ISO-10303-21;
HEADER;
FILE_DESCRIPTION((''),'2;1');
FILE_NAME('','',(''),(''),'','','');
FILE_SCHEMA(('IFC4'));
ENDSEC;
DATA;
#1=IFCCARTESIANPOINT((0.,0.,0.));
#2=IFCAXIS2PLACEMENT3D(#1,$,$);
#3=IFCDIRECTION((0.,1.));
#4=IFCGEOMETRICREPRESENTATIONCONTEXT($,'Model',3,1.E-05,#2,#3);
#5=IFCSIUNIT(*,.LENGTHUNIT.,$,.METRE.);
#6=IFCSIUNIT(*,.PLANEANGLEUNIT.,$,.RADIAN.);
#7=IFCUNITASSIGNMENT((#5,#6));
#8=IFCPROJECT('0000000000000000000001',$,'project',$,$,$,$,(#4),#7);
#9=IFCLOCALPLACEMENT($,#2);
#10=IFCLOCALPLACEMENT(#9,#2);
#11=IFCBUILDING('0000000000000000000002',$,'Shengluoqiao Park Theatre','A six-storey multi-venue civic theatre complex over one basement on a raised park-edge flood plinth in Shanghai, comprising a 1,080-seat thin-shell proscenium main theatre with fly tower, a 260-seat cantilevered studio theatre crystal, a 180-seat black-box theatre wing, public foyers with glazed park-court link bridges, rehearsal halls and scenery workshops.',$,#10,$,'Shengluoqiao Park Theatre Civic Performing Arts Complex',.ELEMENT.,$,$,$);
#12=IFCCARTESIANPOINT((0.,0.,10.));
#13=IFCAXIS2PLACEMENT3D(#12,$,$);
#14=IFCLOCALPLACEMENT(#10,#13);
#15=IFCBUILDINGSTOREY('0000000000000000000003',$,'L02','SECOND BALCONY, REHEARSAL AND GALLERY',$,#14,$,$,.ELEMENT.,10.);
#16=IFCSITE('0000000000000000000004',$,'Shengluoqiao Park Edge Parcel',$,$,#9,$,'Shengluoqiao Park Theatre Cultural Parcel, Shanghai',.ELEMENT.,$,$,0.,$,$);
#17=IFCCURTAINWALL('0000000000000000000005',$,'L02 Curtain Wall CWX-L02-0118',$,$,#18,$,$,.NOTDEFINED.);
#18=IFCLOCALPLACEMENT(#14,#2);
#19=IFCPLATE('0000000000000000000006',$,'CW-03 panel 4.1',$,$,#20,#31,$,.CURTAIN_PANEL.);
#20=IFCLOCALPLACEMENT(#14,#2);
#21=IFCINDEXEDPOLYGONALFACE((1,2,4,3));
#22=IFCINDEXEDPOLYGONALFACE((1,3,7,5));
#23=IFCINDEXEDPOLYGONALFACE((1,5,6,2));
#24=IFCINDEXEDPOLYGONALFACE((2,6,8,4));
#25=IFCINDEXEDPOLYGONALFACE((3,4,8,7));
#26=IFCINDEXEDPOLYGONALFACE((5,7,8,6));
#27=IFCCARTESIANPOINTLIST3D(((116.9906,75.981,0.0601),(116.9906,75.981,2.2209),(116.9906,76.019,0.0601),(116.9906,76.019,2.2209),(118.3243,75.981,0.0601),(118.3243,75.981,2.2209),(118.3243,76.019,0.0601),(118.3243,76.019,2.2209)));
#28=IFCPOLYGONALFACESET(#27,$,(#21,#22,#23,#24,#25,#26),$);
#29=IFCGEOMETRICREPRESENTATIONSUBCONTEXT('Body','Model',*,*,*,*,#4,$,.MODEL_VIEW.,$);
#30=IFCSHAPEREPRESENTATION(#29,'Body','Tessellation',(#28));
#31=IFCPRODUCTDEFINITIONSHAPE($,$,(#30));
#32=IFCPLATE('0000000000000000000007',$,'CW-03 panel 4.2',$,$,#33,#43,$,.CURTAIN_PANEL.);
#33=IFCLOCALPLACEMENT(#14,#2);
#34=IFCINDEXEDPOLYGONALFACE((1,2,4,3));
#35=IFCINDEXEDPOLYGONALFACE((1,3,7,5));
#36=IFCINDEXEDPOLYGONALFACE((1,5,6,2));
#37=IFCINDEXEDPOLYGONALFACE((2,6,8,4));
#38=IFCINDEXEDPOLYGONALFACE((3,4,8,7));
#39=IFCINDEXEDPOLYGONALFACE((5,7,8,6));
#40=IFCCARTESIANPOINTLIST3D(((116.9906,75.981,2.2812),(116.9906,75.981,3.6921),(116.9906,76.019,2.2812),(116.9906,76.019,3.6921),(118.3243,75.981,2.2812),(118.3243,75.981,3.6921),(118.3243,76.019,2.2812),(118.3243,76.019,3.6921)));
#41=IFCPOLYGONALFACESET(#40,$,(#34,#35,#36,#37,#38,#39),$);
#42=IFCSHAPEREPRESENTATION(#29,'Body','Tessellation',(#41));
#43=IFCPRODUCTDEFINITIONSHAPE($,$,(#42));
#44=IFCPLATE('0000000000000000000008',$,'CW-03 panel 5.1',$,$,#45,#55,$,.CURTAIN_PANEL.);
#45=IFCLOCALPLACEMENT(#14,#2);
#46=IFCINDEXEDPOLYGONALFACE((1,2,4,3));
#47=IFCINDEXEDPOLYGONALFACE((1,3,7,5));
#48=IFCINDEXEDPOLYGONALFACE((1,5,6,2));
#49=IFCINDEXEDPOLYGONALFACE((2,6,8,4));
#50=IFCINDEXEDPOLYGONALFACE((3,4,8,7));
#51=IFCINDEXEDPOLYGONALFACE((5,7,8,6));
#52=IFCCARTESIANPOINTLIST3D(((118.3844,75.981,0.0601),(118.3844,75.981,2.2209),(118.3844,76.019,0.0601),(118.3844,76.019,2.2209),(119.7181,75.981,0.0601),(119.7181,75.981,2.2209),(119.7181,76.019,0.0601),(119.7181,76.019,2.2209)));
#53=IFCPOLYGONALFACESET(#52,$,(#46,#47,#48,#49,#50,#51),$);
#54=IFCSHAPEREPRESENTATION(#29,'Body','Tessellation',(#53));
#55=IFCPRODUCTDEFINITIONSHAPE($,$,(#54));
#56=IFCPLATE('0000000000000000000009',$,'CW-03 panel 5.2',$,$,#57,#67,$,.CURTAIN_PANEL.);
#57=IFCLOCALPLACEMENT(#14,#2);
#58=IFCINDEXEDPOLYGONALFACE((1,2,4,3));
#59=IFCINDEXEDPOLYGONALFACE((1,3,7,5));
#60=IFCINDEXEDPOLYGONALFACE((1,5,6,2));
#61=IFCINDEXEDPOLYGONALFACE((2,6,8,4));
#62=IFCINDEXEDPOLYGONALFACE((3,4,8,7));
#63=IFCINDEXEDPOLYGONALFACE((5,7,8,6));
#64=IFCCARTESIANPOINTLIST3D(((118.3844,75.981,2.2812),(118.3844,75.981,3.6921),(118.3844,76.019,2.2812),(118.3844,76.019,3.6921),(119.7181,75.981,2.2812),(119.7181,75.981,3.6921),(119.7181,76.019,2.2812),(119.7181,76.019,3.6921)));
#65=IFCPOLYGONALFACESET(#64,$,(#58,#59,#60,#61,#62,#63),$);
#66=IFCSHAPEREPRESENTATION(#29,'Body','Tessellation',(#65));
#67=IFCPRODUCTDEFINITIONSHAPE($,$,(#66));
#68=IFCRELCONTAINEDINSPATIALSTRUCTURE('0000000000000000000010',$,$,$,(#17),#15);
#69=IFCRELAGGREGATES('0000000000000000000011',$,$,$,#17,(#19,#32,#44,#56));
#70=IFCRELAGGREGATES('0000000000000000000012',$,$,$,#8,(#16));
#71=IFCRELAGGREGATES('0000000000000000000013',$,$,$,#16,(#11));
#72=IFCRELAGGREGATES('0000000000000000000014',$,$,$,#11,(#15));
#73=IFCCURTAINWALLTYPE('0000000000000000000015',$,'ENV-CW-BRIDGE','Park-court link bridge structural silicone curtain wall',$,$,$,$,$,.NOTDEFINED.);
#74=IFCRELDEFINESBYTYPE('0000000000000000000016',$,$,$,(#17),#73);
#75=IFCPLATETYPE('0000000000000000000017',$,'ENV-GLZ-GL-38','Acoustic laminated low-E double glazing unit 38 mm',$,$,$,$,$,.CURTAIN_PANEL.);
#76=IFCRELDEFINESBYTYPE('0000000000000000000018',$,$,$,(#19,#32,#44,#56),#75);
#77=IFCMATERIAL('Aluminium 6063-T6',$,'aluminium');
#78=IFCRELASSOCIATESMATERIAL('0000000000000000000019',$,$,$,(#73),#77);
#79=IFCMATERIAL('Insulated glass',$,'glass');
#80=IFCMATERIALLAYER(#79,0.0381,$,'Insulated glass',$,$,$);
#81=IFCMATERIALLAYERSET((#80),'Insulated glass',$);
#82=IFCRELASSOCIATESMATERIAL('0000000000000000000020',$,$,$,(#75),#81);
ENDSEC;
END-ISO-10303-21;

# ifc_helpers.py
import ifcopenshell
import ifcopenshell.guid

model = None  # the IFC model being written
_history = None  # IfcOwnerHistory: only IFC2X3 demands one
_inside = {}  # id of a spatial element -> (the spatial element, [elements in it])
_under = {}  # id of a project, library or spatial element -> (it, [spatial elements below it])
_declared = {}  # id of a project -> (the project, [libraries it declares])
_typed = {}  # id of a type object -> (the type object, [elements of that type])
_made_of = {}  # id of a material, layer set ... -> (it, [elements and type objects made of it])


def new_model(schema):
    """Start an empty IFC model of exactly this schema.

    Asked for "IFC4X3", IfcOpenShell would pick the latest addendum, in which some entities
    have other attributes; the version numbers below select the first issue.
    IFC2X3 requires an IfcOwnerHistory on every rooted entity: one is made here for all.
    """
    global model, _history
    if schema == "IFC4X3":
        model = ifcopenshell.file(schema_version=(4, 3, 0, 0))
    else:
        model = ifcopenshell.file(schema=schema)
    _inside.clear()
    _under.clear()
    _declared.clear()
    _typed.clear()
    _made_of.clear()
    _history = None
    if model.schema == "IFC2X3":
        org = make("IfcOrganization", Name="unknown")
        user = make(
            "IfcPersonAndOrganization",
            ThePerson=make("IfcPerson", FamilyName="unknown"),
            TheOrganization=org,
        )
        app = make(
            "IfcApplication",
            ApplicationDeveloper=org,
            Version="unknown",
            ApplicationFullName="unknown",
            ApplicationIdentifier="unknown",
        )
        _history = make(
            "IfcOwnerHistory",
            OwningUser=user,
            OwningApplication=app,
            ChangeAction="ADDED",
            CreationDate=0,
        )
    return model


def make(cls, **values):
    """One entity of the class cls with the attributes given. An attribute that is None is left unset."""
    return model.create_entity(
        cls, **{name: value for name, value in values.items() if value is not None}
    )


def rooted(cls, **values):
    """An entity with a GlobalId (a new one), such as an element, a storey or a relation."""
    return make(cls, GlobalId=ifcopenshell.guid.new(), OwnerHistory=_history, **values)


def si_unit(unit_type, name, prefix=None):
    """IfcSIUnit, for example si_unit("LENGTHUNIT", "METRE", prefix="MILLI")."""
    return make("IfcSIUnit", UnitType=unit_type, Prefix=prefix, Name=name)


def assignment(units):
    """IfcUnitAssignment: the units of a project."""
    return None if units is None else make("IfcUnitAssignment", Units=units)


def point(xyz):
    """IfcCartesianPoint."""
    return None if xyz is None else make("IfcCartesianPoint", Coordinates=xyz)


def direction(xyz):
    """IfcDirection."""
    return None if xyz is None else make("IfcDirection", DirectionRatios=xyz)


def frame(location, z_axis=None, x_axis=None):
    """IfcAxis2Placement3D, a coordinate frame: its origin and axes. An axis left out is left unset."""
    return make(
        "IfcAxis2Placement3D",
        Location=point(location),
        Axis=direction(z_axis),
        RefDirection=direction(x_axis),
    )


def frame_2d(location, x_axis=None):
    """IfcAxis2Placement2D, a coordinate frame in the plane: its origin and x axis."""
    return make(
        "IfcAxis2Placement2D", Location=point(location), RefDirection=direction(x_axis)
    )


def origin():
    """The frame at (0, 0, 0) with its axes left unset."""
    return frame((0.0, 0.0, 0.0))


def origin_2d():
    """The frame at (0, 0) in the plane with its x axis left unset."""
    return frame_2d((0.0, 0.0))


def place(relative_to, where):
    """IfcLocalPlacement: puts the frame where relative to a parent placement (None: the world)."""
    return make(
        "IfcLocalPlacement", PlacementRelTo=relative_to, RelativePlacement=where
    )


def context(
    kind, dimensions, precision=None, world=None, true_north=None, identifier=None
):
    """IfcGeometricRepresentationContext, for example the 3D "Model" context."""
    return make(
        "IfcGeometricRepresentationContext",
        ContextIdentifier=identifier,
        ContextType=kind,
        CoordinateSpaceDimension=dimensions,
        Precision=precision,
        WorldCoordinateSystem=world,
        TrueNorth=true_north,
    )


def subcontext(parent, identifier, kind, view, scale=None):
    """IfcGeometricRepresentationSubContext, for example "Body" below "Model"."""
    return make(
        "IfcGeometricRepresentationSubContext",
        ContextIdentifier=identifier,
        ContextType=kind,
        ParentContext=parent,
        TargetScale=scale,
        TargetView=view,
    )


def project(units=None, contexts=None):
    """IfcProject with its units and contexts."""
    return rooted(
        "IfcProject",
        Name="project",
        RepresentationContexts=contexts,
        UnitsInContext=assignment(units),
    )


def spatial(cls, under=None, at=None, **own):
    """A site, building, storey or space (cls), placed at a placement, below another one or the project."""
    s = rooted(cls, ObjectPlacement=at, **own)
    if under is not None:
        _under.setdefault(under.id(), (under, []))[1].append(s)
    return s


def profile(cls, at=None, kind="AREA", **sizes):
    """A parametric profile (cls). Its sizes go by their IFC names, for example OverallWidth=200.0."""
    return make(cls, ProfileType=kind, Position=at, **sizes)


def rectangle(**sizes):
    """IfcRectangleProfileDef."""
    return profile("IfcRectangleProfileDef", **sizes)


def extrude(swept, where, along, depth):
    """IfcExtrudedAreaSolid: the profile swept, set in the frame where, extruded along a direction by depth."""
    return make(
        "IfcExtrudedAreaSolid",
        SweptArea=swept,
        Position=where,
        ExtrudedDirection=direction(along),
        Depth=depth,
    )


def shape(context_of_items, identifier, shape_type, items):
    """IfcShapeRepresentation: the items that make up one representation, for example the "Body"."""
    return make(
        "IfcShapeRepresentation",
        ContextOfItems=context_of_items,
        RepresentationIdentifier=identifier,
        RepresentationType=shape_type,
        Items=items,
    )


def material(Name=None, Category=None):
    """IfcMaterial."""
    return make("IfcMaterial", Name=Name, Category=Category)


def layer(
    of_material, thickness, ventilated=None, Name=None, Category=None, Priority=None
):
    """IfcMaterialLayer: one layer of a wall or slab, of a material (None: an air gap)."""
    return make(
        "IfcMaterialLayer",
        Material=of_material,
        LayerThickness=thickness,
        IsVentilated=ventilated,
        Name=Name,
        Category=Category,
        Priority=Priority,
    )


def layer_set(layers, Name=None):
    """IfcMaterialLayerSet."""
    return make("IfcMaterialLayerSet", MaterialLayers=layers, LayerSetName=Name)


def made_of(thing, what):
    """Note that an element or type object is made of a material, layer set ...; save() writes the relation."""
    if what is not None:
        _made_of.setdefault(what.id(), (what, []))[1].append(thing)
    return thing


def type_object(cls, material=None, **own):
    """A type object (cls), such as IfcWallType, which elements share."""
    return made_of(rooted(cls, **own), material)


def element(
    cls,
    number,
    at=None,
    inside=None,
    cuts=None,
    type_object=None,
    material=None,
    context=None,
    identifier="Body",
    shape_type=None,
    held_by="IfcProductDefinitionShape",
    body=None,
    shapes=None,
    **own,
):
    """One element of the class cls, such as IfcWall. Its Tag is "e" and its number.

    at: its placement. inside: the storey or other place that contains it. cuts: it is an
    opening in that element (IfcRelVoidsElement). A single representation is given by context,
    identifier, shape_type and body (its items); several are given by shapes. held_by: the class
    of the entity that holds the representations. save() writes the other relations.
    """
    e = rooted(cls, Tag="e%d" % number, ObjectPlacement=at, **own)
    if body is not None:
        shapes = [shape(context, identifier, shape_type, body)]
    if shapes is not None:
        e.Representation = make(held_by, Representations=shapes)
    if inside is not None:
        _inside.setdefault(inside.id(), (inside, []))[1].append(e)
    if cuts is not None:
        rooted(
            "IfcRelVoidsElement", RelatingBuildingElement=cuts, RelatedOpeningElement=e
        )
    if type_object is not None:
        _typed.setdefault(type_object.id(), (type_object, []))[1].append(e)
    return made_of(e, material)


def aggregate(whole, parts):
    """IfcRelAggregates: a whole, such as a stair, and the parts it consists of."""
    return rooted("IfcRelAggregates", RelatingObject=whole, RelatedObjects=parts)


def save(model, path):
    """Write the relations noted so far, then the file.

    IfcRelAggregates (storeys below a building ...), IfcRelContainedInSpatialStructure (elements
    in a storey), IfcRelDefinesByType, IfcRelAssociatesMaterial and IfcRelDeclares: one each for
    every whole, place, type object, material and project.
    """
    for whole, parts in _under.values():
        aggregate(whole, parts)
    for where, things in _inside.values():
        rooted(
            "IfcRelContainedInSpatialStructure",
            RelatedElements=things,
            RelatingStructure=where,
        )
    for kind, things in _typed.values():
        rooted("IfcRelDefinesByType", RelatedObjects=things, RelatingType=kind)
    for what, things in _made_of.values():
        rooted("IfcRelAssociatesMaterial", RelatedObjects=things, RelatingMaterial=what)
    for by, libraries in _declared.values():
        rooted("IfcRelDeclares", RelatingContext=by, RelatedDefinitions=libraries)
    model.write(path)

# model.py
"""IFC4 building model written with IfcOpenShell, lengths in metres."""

from ifc_helpers import new_model, si_unit, direction, frame, origin, origin_2d, place, context, subcontext, project, spatial, rectangle, extrude, material, layer, layer_set, type_object, element, aggregate, save


model = new_model("IFC4")

# Units and contexts
model_context = context("Model", 3, precision=1e-05, world=origin(), true_north=direction((0.0, 1.0)))
body_context = subcontext(model_context, "Body", "Model", "MODEL_VIEW")
ifc_project = project(units=[si_unit("LENGTHUNIT", "METRE"), si_unit("PLANEANGLEUNIT", "RADIAN")], contexts=[model_context])

# Site, building, storey
site_placement = place(None, origin())
site = spatial("IfcSite", under=ifc_project, at=site_placement, Name="Shengluoqiao Park Edge Parcel", LongName="Shengluoqiao Park Theatre Cultural Parcel, Shanghai", CompositionType="ELEMENT", RefElevation=0.0)
building_placement = place(site_placement, origin())
building = spatial("IfcBuilding", under=site, at=building_placement, Name="Shengluoqiao Park Theatre", Description="A six-storey multi-venue civic theatre complex over one basement on a raised park-edge flood plinth in Shanghai, comprising a 1,080-seat thin-shell proscenium main theatre with fly tower, a 260-seat cantilevered studio theatre crystal, a 180-seat black-box theatre wing, public foyers with glazed park-court link bridges, rehearsal halls and scenery workshops.", LongName="Shengluoqiao Park Theatre Civic Performing Arts Complex", CompositionType="ELEMENT")
storey_placement = place(building_placement, frame((0.0, 0.0, 10.0)))
storey = spatial("IfcBuildingStorey", under=building, at=storey_placement, Name="L02", Description="SECOND BALCONY, REHEARSAL AND GALLERY", CompositionType="ELEMENT", Elevation=10.0)

# Curtain wall, plates
ifc_material_1 = material(Name="Aluminium 6063-T6", Category="aluminium")
curtain_wall_type = type_object("IfcCurtainWallType", Name="ENV-CW-BRIDGE", Description="Park-court link bridge structural silicone curtain wall", PredefinedType="NOTDEFINED", material=ifc_material_1)
curtain_wall_placement = place(storey_placement, origin())
curtain_wall = element("IfcCurtainWall", 1, at=curtain_wall_placement, inside=storey, type_object=curtain_wall_type, Name="L02 Curtain Wall CWX-L02-0118", PredefinedType="NOTDEFINED")
ifc_material_2 = material(Name="Insulated glass", Category="glass")
ifc_layer = layer(ifc_material_2, 0.0381, Name="Insulated glass")
ifc_layer_set = layer_set([ifc_layer], Name="Insulated glass")
plate_type = type_object("IfcPlateType", Name="ENV-GLZ-GL-38", Description="Acoustic laminated low-E double glazing unit 38 mm", PredefinedType="CURTAIN_PANEL", material=ifc_layer_set)
plate_1_placement = place(storey_placement, frame((117.6575, 76.0, 0.0601), z_axis=(0.0, 0.0, 1.0), x_axis=(1.0, 0.0, 0.0)))
plate_1 = element("IfcPlate", 2, at=plate_1_placement, type_object=plate_type, Name="CW-03 panel 4.1", PredefinedType="CURTAIN_PANEL", context=body_context, shape_type="SweptSolid", body=[
    extrude(rectangle(XDim=1.3337, YDim=0.0381, at=origin_2d()), origin(), (0.0, 0.0, 1.0), 2.1609),
])
plate_2_placement = place(storey_placement, frame((117.6575, 76.0, 2.2812), z_axis=(0.0, 0.0, 1.0), x_axis=(1.0, 0.0, 0.0)))
plate_2 = element("IfcPlate", 3, at=plate_2_placement, type_object=plate_type, Name="CW-03 panel 4.2", PredefinedType="CURTAIN_PANEL", context=body_context, shape_type="SweptSolid", body=[
    extrude(rectangle(XDim=1.3337, YDim=0.0381, at=origin_2d()), origin(), (0.0, 0.0, 1.0), 1.4109),
])
plate_3_placement = place(storey_placement, frame((119.0513, 76.0, 0.0601), z_axis=(0.0, 0.0, 1.0), x_axis=(1.0, 0.0, 0.0)))
plate_3 = element("IfcPlate", 4, at=plate_3_placement, type_object=plate_type, Name="CW-03 panel 5.1", PredefinedType="CURTAIN_PANEL", context=body_context, shape_type="SweptSolid", body=[
    extrude(rectangle(XDim=1.3337, YDim=0.0381, at=origin_2d()), origin(), (0.0, 0.0, 1.0), 2.1609),
])
plate_4_placement = place(storey_placement, frame((119.0513, 76.0, 2.2812), z_axis=(0.0, 0.0, 1.0), x_axis=(1.0, 0.0, 0.0)))
plate_4 = element("IfcPlate", 5, at=plate_4_placement, type_object=plate_type, Name="CW-03 panel 5.2", PredefinedType="CURTAIN_PANEL", context=body_context, shape_type="SweptSolid", body=[
    extrude(rectangle(XDim=1.3337, YDim=0.0381, at=origin_2d()), origin(), (0.0, 0.0, 1.0), 1.4109),
])
aggregate(curtain_wall, [plate_1, plate_2, plate_3, plate_4])

save(model, "model.ifc")
